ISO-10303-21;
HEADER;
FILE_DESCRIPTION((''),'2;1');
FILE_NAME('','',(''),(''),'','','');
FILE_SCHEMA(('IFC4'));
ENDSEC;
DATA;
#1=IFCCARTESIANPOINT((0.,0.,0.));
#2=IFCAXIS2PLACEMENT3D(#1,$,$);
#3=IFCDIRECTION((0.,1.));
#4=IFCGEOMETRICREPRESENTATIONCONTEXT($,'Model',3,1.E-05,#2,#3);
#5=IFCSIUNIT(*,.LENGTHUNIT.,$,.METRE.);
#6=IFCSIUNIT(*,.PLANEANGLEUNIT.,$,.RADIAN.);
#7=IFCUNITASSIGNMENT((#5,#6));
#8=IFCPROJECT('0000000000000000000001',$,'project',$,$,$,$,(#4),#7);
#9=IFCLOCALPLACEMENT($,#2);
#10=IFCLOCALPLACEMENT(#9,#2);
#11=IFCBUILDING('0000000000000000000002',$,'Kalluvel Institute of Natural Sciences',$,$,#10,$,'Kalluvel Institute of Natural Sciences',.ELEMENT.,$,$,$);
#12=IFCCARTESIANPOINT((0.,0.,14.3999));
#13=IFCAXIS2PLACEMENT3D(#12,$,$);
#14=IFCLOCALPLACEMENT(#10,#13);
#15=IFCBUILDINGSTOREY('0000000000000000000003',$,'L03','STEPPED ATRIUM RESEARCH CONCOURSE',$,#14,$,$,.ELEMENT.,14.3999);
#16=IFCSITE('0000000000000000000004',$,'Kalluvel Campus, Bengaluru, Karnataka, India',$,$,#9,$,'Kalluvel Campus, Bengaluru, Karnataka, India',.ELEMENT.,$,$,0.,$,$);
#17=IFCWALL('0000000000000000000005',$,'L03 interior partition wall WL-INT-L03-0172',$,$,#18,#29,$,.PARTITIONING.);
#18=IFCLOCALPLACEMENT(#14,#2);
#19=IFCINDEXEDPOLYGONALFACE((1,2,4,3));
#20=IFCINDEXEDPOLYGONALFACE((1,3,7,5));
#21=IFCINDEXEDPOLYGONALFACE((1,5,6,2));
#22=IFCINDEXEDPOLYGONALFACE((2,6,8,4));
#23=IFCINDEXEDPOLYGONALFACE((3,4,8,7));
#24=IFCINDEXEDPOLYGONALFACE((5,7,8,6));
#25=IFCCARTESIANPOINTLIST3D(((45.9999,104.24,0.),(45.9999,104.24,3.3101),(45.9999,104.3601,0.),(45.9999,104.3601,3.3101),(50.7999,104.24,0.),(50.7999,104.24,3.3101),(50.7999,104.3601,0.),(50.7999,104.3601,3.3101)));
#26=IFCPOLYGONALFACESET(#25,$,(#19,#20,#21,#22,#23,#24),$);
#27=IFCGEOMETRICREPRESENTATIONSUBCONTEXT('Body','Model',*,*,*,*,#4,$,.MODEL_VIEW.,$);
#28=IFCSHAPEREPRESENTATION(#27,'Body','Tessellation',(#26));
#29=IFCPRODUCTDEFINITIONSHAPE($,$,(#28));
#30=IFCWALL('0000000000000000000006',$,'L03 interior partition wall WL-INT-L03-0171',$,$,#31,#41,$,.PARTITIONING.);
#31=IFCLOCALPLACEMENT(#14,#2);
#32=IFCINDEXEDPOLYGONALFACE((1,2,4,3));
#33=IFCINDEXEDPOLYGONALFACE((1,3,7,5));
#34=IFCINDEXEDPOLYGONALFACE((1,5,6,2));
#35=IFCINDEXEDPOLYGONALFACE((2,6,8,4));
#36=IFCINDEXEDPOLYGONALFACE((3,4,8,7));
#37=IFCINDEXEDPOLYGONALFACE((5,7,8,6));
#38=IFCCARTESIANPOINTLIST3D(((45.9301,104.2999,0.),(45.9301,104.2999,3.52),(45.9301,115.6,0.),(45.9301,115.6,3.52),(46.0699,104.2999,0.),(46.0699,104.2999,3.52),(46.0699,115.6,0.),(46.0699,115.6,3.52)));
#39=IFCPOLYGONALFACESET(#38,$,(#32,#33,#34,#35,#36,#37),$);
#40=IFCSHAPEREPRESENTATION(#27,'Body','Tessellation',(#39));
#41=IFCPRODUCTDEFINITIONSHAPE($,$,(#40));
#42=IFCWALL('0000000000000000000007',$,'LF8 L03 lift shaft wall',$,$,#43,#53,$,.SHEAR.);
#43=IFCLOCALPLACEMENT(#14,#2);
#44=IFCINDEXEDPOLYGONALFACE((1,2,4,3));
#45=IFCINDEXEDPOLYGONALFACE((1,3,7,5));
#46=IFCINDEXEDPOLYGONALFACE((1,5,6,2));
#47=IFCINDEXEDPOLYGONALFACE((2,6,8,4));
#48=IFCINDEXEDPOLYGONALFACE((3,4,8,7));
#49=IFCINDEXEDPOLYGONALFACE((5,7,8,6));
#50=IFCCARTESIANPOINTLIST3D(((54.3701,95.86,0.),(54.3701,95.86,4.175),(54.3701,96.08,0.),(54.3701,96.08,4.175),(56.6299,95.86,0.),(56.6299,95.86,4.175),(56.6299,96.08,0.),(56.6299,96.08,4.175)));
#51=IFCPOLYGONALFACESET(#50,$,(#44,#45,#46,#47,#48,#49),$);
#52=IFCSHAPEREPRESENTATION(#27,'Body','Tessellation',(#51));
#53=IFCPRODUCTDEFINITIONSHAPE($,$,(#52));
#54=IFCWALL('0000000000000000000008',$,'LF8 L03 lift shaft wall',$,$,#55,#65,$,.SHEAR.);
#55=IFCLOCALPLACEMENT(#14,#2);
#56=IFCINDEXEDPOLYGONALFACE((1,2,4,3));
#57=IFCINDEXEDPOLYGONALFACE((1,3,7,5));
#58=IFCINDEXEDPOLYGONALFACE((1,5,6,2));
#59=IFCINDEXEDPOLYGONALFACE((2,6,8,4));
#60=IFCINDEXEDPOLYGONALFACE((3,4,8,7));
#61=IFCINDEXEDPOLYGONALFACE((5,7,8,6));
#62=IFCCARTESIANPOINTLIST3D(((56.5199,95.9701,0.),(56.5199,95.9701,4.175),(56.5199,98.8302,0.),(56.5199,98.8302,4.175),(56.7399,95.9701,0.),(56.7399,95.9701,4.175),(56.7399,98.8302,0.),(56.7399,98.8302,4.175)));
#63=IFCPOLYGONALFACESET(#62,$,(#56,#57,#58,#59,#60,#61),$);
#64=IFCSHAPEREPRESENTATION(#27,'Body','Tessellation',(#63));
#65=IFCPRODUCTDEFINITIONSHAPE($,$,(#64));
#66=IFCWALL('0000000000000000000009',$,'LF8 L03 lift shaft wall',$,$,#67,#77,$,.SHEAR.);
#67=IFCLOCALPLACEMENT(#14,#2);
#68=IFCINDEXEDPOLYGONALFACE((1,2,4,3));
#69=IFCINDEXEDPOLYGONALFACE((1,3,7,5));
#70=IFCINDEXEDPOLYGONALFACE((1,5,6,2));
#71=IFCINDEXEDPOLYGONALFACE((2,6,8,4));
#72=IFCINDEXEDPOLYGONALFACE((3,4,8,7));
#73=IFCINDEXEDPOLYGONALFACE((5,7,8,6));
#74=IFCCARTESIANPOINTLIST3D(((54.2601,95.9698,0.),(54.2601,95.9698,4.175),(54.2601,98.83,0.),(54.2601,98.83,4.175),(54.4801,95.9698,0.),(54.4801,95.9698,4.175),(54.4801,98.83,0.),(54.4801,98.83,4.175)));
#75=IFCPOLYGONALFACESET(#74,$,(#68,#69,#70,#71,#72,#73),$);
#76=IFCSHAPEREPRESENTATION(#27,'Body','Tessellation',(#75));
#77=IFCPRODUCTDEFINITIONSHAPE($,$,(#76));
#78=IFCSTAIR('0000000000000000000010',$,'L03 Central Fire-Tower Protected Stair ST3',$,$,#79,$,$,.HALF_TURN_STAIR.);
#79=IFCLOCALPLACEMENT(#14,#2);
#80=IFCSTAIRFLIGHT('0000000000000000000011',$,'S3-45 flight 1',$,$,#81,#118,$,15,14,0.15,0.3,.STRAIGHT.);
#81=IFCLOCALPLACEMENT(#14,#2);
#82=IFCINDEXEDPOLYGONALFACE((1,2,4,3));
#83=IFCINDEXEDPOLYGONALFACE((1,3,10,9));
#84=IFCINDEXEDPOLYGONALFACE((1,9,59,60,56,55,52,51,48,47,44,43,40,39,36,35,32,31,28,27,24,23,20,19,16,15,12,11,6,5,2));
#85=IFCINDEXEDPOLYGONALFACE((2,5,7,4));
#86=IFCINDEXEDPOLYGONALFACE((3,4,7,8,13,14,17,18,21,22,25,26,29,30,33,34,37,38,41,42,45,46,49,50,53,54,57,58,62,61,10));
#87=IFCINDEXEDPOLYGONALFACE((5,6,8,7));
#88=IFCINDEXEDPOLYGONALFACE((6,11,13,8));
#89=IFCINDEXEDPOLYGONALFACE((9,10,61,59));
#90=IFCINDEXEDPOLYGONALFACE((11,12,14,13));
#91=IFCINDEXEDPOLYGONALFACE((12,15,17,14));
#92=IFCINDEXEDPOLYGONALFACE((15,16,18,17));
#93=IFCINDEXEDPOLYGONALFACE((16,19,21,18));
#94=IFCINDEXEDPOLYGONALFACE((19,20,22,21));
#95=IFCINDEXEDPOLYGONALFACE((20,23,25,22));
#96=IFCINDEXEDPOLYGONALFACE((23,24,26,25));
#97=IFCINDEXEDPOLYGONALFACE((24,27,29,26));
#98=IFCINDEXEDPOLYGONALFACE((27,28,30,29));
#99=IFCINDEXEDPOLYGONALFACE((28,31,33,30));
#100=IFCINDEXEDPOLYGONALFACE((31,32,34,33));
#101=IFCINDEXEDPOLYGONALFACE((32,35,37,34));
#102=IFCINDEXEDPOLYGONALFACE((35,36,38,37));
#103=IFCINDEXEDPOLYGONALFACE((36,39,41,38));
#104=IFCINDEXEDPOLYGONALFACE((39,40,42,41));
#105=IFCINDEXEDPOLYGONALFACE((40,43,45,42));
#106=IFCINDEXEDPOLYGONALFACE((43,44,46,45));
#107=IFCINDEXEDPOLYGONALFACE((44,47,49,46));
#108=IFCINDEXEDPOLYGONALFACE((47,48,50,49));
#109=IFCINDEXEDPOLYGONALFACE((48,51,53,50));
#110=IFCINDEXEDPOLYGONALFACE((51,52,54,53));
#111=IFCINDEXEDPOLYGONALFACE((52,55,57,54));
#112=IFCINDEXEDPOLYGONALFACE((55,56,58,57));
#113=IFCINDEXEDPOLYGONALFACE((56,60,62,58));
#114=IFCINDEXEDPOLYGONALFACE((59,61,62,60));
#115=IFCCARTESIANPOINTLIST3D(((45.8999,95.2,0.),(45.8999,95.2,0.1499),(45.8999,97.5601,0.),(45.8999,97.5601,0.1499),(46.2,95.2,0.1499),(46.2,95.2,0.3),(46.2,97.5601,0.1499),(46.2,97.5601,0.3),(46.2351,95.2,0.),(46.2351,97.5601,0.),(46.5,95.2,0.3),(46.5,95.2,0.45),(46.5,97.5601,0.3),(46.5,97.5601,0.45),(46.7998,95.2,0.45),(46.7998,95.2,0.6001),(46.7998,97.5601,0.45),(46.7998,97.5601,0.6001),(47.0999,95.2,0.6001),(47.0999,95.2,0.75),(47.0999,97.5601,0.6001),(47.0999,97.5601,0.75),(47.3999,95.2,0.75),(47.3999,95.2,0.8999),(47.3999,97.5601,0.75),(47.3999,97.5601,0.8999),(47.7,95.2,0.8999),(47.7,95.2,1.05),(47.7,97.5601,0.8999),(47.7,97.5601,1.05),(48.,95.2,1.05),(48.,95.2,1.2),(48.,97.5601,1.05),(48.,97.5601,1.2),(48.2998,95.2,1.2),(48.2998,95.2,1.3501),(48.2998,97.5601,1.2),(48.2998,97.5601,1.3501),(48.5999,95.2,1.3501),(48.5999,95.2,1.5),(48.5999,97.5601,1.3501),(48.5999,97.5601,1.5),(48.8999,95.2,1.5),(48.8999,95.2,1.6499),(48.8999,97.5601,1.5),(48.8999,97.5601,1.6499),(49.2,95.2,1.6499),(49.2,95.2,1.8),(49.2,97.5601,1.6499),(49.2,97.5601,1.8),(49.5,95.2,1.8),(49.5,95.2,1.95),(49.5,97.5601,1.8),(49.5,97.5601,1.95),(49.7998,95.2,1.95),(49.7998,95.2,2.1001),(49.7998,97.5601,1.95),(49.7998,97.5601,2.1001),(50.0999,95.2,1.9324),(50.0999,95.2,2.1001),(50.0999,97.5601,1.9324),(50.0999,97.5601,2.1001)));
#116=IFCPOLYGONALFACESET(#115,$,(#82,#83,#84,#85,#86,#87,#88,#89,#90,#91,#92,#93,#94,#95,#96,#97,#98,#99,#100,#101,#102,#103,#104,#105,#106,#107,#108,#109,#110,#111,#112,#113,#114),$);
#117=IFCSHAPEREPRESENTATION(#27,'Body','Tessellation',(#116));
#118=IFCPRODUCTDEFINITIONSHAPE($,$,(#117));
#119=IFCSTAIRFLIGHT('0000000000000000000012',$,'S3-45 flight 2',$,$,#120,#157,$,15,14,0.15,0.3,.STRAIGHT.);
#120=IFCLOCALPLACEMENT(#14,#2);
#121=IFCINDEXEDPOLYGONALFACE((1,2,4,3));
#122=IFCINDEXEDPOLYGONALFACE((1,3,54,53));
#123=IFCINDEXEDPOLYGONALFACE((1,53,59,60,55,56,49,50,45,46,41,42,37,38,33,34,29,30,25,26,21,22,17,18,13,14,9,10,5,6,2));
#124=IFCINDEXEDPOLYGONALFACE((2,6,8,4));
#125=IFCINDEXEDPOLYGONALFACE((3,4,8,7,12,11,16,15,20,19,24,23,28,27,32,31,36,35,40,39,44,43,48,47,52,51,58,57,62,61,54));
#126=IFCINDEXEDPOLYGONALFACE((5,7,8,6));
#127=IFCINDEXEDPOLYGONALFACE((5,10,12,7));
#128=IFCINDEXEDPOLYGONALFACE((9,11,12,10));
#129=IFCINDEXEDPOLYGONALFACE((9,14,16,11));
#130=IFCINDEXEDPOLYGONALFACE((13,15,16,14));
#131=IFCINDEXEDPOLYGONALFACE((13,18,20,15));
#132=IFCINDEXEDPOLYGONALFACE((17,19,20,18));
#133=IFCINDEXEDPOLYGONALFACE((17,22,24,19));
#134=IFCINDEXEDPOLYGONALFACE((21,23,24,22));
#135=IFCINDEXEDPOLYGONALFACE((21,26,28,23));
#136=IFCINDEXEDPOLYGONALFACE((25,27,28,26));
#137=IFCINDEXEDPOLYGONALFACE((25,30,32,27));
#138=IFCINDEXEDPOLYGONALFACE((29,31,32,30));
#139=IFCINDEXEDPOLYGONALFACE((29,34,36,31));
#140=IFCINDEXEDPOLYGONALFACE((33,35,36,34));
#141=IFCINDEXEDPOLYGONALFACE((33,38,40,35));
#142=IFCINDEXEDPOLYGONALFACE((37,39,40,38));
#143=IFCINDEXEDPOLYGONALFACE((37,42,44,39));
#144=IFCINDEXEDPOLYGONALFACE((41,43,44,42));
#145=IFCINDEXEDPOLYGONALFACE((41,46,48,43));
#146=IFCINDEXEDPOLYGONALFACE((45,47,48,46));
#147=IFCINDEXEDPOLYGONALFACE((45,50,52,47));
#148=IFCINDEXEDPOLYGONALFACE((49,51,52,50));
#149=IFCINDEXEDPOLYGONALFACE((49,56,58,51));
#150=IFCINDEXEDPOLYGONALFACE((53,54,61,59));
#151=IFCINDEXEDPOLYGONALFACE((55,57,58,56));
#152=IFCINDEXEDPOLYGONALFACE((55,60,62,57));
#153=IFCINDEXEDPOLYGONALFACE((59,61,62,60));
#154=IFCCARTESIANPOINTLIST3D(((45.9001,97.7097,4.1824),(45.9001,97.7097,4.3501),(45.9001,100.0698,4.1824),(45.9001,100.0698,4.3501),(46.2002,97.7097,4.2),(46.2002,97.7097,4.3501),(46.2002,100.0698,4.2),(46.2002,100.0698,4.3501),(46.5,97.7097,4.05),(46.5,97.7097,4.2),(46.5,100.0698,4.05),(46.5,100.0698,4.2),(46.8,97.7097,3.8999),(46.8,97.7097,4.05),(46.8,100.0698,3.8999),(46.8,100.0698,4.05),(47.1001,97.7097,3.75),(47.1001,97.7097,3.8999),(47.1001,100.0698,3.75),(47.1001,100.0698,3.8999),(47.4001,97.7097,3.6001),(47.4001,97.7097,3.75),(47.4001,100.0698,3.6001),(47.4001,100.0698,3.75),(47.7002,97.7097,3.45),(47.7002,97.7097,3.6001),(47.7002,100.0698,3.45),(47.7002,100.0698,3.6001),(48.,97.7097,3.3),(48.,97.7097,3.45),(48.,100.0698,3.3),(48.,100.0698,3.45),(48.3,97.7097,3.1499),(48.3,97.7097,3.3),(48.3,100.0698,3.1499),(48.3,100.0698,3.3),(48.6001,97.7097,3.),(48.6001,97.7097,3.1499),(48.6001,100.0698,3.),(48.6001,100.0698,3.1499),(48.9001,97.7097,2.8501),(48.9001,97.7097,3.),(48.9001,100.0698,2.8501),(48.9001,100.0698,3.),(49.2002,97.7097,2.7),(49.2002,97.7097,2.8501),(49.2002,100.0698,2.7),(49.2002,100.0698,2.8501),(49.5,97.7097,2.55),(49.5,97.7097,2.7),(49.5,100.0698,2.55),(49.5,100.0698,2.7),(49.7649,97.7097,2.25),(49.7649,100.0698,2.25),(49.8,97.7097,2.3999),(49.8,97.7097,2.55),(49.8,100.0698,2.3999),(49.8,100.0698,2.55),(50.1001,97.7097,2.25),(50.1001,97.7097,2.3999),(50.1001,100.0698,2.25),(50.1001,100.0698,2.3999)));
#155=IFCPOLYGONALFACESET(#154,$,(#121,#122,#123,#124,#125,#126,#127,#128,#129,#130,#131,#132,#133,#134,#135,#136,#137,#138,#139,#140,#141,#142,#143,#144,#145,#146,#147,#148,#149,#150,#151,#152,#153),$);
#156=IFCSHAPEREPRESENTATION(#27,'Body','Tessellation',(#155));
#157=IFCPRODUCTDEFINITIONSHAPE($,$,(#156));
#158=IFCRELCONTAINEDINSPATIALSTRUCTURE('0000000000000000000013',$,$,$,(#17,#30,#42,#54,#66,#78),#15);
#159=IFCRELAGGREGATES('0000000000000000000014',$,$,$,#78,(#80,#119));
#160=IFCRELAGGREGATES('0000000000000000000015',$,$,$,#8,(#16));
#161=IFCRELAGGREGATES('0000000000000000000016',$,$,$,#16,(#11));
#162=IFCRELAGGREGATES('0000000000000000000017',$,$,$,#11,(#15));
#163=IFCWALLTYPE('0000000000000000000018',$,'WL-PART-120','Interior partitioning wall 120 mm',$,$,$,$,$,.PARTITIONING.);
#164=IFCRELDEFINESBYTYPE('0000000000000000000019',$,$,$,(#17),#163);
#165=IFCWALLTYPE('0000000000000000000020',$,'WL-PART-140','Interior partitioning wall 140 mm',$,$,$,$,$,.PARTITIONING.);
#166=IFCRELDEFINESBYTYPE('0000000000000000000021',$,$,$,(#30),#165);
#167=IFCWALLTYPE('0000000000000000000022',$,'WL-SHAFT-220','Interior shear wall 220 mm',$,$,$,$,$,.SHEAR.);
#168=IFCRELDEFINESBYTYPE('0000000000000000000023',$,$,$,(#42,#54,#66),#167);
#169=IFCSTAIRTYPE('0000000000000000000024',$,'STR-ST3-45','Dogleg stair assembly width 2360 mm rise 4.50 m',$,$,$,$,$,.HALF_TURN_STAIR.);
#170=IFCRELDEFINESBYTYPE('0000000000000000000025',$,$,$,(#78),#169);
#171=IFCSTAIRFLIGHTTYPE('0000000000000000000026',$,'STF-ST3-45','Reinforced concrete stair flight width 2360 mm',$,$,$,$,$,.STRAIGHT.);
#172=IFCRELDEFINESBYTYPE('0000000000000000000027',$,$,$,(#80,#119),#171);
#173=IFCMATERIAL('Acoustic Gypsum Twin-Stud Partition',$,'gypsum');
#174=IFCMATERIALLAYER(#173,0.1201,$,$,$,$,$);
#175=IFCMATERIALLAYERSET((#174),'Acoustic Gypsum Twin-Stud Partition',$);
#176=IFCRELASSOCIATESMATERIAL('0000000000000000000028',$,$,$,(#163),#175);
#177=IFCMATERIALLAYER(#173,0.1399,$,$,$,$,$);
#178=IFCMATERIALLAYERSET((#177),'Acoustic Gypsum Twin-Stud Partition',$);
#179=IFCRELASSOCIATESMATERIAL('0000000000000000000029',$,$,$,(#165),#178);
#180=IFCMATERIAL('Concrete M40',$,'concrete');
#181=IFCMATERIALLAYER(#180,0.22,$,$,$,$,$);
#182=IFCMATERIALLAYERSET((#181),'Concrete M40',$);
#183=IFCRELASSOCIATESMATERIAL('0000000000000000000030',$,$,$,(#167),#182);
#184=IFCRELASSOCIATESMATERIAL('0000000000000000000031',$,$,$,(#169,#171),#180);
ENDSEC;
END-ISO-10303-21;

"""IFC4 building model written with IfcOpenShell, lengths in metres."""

from ifc_helpers import new_model, si_unit, direction, frame, frame_2d, origin, place, context, subcontext, project, spatial, polyline, rectangle, outline, extrude, material, layer, layer_set, type_object, element, aggregate, save


model = new_model("IFC4")

# Units and contexts
model_context = context("Model", 3, precision=1e-05, world=origin(), true_north=direction((0.0, 1.0)))
body_context = subcontext(model_context, "Body", "Model", "MODEL_VIEW")
ifc_project = project(units=[si_unit("LENGTHUNIT", "METRE"), si_unit("PLANEANGLEUNIT", "RADIAN")], contexts=[model_context])

# Site, building, storey
site_placement = place(None, origin())
site = spatial("IfcSite", under=ifc_project, at=site_placement, Name="Kalluvel Campus, Bengaluru, Karnataka, India", LongName="Kalluvel Campus, Bengaluru, Karnataka, India", CompositionType="ELEMENT", RefElevation=0.0)
building_placement = place(site_placement, origin())
building = spatial("IfcBuilding", under=site, at=building_placement, Name="Kalluvel Institute of Natural Sciences", LongName="Kalluvel Institute of Natural Sciences", CompositionType="ELEMENT")
storey_placement = place(building_placement, frame((0.0, 0.0, 14.3999)))
storey = spatial("IfcBuildingStorey", under=building, at=storey_placement, Name="L03", Description="STEPPED ATRIUM RESEARCH CONCOURSE", CompositionType="ELEMENT", Elevation=14.3999)

# Shared definitions
ifc_material_1 = material(Name="Concrete M40", Category="concrete")

# Walls
ifc_material_2 = material(Name="Acoustic Gypsum Twin-Stud Partition", Category="gypsum")
ifc_layer_1 = layer(ifc_material_2, 0.1201)
ifc_layer_set_1 = layer_set([ifc_layer_1], Name="Acoustic Gypsum Twin-Stud Partition")
wall_type_1 = type_object("IfcWallType", Name="WL-PART-120", Description="Interior partitioning wall 120 mm", PredefinedType="PARTITIONING", material=ifc_layer_set_1)
wall_1_placement = place(storey_placement, frame((46.0, 104.3, 0.0), z_axis=(0.0, 0.0, 1.0), x_axis=(1.0, 0.0, 0.0)))
element("IfcWall", 1, at=wall_1_placement, inside=storey, type_object=wall_type_1, Name="L03 interior partition wall WL-INT-L03-0172", PredefinedType="PARTITIONING", context=body_context, shape_type="SweptSolid", body=[
    extrude(rectangle(XDim=4.8, YDim=0.1201, at=frame_2d((2.3999, 0.0))), origin(), (0.0, 0.0, 1.0), 3.3101),
])
ifc_layer_2 = layer(ifc_material_2, 0.1399)
ifc_layer_set_2 = layer_set([ifc_layer_2], Name="Acoustic Gypsum Twin-Stud Partition")
wall_type_2 = type_object("IfcWallType", Name="WL-PART-140", Description="Interior partitioning wall 140 mm", PredefinedType="PARTITIONING", material=ifc_layer_set_2)
wall_2_placement = place(storey_placement, frame((46.0, 104.3, 0.0), z_axis=(0.0, 0.0, 1.0), x_axis=(0.0, 1.0, 0.0)))
element("IfcWall", 2, at=wall_2_placement, inside=storey, type_object=wall_type_2, Name="L03 interior partition wall WL-INT-L03-0171", PredefinedType="PARTITIONING", context=body_context, shape_type="SweptSolid", body=[
    extrude(rectangle(XDim=11.3, YDim=0.1399, at=frame_2d((5.6499, 0.0))), origin(), (0.0, 0.0, 1.0), 3.52),
])
ifc_layer_3 = layer(ifc_material_1, 0.22)
ifc_layer_set_3 = layer_set([ifc_layer_3], Name="Concrete M40")
wall_type_3 = type_object("IfcWallType", Name="WL-SHAFT-220", Description="Interior shear wall 220 mm", PredefinedType="SHEAR", material=ifc_layer_set_3)
wall_3_placement = place(storey_placement, frame((54.3701, 95.97, 0.0), z_axis=(0.0, 0.0, 1.0), x_axis=(1.0, 0.0, 0.0)))
element("IfcWall", 3, at=wall_3_placement, inside=storey, type_object=wall_type_3, Name="LF8 L03 lift shaft wall", PredefinedType="SHEAR", context=body_context, shape_type="SweptSolid", body=[
    extrude(rectangle(XDim=2.2598, YDim=0.22, at=frame_2d((1.1299, 0.0))), origin(), (0.0, 0.0, 1.0), 4.175),
])
for number, where, z_axis, x_axis, name in (
    (4, (56.6299, 95.97, 0.0), (0.0, 0.0, 1.0), (0.0, 1.0, 0.0), "LF8 L03 lift shaft wall"),
    (5, (54.3701, 98.8301, 0.0), (0.0, 0.0, 1.0), (0.0, -1.0, 0.0), "LF8 L03 lift shaft wall"),
):
    element("IfcWall", number, at=place(storey_placement, frame(where, z_axis=z_axis, x_axis=x_axis)), inside=storey, type_object=wall_type_3, Name=name, PredefinedType="SHEAR", context=body_context, shape_type="SweptSolid", body=[
        extrude(rectangle(XDim=2.8601, YDim=0.22, at=frame_2d((1.4302, 0.0))), origin(), (0.0, 0.0, 1.0), 4.175),
    ])

# Stair, stair flights
stair_type = type_object("IfcStairType", Name="STR-ST3-45", Description="Dogleg stair assembly width 2360 mm rise 4.50 m", PredefinedType="HALF_TURN_STAIR", material=ifc_material_1)
stair_placement = place(storey_placement, origin())
stair = element("IfcStair", 6, at=stair_placement, inside=storey, type_object=stair_type, Name="L03 Central Fire-Tower Protected Stair ST3", PredefinedType="HALF_TURN_STAIR")
stair_flight_type = type_object("IfcStairFlightType", Name="STF-ST3-45", Description="Reinforced concrete stair flight width 2360 mm", PredefinedType="STRAIGHT", material=ifc_material_1)
stair_flight_1_placement = place(storey_placement, frame((45.8999, 96.3799, 0.0), z_axis=(0.0, 0.0, 1.0), x_axis=(1.0, 0.0, 0.0)))
stair_flight_1 = element("IfcStairFlight", 7, at=stair_flight_1_placement, type_object=stair_flight_type, Name="S3-45 flight 1", NumberOfRisers=15, NumberOfTreads=14, PredefinedType="STRAIGHT", RiserHeight=0.15, TreadLength=0.3, context=body_context, shape_type="SweptSolid", body=[
    extrude(outline(polyline([(0.0, 0.0), (0.0, 0.1499), (0.3, 0.1499), (0.3, 0.3), (0.6001, 0.3), (0.6001, 0.45), (0.8999, 0.45), (0.8999, 0.6001), (1.2, 0.6001), (1.2, 0.75), (1.5, 0.75), (1.5, 0.8999), (1.8, 0.8999), (1.8, 1.05), (2.1001, 1.05), (2.1001, 1.2), (2.3999, 1.2), (2.3999, 1.3501), (2.7, 1.3501), (2.7, 1.5), (3.0, 1.5), (3.0, 1.6499), (3.3, 1.6499), (3.3, 1.8), (3.6001, 1.8), (3.6001, 1.95), (3.8999, 1.95), (3.8999, 2.1001), (4.2, 2.1001), (4.2, 2.25), (4.2, 1.9324), (0.3352, 0.0), (0.0, 0.0)])), frame((0.0, 1.1802, 0.0), z_axis=(0.0, -1.0, 0.0), x_axis=(1.0, 0.0, 0.0)), (0.0, 0.0, 1.0), 2.3601),
])
stair_flight_2_placement = place(storey_placement, frame((50.1001, 98.8899, 2.25), z_axis=(0.0, 0.0, 1.0), x_axis=(-1.0, 0.0, 0.0)))
stair_flight_2 = element("IfcStairFlight", 8, at=stair_flight_2_placement, type_object=stair_flight_type, Name="S3-45 flight 2", NumberOfRisers=15, NumberOfTreads=14, PredefinedType="STRAIGHT", RiserHeight=0.15, TreadLength=0.3, context=body_context, shape_type="SweptSolid", body=[
    extrude(outline(polyline([(0.0, 0.0), (0.0, 0.1499), (0.3, 0.1499), (0.3, 0.3), (0.6001, 0.3), (0.6001, 0.45), (0.8999, 0.45), (0.8999, 0.6001), (1.2, 0.6001), (1.2, 0.75), (1.5, 0.75), (1.5, 0.8999), (1.8, 0.8999), (1.8, 1.05), (2.1001, 1.05), (2.1001, 1.2), (2.3999, 1.2), (2.3999, 1.3501), (2.7, 1.3501), (2.7, 1.5), (3.0, 1.5), (3.0, 1.6499), (3.3, 1.6499), (3.3, 1.8), (3.6001, 1.8), (3.6001, 1.95), (3.8999, 1.95), (3.8999, 2.1001), (4.2, 2.1001), (4.2, 2.25), (4.2, 1.9324), (0.3352, 0.0), (0.0, 0.0)])), frame((0.0, 1.1802, 0.0), z_axis=(0.0, -1.0, 0.0), x_axis=(1.0, 0.0, 0.0)), (0.0, 0.0, 1.0), 2.3601),
])
aggregate(stair, [stair_flight_1, stair_flight_2])

save(model, "model.ifc")
